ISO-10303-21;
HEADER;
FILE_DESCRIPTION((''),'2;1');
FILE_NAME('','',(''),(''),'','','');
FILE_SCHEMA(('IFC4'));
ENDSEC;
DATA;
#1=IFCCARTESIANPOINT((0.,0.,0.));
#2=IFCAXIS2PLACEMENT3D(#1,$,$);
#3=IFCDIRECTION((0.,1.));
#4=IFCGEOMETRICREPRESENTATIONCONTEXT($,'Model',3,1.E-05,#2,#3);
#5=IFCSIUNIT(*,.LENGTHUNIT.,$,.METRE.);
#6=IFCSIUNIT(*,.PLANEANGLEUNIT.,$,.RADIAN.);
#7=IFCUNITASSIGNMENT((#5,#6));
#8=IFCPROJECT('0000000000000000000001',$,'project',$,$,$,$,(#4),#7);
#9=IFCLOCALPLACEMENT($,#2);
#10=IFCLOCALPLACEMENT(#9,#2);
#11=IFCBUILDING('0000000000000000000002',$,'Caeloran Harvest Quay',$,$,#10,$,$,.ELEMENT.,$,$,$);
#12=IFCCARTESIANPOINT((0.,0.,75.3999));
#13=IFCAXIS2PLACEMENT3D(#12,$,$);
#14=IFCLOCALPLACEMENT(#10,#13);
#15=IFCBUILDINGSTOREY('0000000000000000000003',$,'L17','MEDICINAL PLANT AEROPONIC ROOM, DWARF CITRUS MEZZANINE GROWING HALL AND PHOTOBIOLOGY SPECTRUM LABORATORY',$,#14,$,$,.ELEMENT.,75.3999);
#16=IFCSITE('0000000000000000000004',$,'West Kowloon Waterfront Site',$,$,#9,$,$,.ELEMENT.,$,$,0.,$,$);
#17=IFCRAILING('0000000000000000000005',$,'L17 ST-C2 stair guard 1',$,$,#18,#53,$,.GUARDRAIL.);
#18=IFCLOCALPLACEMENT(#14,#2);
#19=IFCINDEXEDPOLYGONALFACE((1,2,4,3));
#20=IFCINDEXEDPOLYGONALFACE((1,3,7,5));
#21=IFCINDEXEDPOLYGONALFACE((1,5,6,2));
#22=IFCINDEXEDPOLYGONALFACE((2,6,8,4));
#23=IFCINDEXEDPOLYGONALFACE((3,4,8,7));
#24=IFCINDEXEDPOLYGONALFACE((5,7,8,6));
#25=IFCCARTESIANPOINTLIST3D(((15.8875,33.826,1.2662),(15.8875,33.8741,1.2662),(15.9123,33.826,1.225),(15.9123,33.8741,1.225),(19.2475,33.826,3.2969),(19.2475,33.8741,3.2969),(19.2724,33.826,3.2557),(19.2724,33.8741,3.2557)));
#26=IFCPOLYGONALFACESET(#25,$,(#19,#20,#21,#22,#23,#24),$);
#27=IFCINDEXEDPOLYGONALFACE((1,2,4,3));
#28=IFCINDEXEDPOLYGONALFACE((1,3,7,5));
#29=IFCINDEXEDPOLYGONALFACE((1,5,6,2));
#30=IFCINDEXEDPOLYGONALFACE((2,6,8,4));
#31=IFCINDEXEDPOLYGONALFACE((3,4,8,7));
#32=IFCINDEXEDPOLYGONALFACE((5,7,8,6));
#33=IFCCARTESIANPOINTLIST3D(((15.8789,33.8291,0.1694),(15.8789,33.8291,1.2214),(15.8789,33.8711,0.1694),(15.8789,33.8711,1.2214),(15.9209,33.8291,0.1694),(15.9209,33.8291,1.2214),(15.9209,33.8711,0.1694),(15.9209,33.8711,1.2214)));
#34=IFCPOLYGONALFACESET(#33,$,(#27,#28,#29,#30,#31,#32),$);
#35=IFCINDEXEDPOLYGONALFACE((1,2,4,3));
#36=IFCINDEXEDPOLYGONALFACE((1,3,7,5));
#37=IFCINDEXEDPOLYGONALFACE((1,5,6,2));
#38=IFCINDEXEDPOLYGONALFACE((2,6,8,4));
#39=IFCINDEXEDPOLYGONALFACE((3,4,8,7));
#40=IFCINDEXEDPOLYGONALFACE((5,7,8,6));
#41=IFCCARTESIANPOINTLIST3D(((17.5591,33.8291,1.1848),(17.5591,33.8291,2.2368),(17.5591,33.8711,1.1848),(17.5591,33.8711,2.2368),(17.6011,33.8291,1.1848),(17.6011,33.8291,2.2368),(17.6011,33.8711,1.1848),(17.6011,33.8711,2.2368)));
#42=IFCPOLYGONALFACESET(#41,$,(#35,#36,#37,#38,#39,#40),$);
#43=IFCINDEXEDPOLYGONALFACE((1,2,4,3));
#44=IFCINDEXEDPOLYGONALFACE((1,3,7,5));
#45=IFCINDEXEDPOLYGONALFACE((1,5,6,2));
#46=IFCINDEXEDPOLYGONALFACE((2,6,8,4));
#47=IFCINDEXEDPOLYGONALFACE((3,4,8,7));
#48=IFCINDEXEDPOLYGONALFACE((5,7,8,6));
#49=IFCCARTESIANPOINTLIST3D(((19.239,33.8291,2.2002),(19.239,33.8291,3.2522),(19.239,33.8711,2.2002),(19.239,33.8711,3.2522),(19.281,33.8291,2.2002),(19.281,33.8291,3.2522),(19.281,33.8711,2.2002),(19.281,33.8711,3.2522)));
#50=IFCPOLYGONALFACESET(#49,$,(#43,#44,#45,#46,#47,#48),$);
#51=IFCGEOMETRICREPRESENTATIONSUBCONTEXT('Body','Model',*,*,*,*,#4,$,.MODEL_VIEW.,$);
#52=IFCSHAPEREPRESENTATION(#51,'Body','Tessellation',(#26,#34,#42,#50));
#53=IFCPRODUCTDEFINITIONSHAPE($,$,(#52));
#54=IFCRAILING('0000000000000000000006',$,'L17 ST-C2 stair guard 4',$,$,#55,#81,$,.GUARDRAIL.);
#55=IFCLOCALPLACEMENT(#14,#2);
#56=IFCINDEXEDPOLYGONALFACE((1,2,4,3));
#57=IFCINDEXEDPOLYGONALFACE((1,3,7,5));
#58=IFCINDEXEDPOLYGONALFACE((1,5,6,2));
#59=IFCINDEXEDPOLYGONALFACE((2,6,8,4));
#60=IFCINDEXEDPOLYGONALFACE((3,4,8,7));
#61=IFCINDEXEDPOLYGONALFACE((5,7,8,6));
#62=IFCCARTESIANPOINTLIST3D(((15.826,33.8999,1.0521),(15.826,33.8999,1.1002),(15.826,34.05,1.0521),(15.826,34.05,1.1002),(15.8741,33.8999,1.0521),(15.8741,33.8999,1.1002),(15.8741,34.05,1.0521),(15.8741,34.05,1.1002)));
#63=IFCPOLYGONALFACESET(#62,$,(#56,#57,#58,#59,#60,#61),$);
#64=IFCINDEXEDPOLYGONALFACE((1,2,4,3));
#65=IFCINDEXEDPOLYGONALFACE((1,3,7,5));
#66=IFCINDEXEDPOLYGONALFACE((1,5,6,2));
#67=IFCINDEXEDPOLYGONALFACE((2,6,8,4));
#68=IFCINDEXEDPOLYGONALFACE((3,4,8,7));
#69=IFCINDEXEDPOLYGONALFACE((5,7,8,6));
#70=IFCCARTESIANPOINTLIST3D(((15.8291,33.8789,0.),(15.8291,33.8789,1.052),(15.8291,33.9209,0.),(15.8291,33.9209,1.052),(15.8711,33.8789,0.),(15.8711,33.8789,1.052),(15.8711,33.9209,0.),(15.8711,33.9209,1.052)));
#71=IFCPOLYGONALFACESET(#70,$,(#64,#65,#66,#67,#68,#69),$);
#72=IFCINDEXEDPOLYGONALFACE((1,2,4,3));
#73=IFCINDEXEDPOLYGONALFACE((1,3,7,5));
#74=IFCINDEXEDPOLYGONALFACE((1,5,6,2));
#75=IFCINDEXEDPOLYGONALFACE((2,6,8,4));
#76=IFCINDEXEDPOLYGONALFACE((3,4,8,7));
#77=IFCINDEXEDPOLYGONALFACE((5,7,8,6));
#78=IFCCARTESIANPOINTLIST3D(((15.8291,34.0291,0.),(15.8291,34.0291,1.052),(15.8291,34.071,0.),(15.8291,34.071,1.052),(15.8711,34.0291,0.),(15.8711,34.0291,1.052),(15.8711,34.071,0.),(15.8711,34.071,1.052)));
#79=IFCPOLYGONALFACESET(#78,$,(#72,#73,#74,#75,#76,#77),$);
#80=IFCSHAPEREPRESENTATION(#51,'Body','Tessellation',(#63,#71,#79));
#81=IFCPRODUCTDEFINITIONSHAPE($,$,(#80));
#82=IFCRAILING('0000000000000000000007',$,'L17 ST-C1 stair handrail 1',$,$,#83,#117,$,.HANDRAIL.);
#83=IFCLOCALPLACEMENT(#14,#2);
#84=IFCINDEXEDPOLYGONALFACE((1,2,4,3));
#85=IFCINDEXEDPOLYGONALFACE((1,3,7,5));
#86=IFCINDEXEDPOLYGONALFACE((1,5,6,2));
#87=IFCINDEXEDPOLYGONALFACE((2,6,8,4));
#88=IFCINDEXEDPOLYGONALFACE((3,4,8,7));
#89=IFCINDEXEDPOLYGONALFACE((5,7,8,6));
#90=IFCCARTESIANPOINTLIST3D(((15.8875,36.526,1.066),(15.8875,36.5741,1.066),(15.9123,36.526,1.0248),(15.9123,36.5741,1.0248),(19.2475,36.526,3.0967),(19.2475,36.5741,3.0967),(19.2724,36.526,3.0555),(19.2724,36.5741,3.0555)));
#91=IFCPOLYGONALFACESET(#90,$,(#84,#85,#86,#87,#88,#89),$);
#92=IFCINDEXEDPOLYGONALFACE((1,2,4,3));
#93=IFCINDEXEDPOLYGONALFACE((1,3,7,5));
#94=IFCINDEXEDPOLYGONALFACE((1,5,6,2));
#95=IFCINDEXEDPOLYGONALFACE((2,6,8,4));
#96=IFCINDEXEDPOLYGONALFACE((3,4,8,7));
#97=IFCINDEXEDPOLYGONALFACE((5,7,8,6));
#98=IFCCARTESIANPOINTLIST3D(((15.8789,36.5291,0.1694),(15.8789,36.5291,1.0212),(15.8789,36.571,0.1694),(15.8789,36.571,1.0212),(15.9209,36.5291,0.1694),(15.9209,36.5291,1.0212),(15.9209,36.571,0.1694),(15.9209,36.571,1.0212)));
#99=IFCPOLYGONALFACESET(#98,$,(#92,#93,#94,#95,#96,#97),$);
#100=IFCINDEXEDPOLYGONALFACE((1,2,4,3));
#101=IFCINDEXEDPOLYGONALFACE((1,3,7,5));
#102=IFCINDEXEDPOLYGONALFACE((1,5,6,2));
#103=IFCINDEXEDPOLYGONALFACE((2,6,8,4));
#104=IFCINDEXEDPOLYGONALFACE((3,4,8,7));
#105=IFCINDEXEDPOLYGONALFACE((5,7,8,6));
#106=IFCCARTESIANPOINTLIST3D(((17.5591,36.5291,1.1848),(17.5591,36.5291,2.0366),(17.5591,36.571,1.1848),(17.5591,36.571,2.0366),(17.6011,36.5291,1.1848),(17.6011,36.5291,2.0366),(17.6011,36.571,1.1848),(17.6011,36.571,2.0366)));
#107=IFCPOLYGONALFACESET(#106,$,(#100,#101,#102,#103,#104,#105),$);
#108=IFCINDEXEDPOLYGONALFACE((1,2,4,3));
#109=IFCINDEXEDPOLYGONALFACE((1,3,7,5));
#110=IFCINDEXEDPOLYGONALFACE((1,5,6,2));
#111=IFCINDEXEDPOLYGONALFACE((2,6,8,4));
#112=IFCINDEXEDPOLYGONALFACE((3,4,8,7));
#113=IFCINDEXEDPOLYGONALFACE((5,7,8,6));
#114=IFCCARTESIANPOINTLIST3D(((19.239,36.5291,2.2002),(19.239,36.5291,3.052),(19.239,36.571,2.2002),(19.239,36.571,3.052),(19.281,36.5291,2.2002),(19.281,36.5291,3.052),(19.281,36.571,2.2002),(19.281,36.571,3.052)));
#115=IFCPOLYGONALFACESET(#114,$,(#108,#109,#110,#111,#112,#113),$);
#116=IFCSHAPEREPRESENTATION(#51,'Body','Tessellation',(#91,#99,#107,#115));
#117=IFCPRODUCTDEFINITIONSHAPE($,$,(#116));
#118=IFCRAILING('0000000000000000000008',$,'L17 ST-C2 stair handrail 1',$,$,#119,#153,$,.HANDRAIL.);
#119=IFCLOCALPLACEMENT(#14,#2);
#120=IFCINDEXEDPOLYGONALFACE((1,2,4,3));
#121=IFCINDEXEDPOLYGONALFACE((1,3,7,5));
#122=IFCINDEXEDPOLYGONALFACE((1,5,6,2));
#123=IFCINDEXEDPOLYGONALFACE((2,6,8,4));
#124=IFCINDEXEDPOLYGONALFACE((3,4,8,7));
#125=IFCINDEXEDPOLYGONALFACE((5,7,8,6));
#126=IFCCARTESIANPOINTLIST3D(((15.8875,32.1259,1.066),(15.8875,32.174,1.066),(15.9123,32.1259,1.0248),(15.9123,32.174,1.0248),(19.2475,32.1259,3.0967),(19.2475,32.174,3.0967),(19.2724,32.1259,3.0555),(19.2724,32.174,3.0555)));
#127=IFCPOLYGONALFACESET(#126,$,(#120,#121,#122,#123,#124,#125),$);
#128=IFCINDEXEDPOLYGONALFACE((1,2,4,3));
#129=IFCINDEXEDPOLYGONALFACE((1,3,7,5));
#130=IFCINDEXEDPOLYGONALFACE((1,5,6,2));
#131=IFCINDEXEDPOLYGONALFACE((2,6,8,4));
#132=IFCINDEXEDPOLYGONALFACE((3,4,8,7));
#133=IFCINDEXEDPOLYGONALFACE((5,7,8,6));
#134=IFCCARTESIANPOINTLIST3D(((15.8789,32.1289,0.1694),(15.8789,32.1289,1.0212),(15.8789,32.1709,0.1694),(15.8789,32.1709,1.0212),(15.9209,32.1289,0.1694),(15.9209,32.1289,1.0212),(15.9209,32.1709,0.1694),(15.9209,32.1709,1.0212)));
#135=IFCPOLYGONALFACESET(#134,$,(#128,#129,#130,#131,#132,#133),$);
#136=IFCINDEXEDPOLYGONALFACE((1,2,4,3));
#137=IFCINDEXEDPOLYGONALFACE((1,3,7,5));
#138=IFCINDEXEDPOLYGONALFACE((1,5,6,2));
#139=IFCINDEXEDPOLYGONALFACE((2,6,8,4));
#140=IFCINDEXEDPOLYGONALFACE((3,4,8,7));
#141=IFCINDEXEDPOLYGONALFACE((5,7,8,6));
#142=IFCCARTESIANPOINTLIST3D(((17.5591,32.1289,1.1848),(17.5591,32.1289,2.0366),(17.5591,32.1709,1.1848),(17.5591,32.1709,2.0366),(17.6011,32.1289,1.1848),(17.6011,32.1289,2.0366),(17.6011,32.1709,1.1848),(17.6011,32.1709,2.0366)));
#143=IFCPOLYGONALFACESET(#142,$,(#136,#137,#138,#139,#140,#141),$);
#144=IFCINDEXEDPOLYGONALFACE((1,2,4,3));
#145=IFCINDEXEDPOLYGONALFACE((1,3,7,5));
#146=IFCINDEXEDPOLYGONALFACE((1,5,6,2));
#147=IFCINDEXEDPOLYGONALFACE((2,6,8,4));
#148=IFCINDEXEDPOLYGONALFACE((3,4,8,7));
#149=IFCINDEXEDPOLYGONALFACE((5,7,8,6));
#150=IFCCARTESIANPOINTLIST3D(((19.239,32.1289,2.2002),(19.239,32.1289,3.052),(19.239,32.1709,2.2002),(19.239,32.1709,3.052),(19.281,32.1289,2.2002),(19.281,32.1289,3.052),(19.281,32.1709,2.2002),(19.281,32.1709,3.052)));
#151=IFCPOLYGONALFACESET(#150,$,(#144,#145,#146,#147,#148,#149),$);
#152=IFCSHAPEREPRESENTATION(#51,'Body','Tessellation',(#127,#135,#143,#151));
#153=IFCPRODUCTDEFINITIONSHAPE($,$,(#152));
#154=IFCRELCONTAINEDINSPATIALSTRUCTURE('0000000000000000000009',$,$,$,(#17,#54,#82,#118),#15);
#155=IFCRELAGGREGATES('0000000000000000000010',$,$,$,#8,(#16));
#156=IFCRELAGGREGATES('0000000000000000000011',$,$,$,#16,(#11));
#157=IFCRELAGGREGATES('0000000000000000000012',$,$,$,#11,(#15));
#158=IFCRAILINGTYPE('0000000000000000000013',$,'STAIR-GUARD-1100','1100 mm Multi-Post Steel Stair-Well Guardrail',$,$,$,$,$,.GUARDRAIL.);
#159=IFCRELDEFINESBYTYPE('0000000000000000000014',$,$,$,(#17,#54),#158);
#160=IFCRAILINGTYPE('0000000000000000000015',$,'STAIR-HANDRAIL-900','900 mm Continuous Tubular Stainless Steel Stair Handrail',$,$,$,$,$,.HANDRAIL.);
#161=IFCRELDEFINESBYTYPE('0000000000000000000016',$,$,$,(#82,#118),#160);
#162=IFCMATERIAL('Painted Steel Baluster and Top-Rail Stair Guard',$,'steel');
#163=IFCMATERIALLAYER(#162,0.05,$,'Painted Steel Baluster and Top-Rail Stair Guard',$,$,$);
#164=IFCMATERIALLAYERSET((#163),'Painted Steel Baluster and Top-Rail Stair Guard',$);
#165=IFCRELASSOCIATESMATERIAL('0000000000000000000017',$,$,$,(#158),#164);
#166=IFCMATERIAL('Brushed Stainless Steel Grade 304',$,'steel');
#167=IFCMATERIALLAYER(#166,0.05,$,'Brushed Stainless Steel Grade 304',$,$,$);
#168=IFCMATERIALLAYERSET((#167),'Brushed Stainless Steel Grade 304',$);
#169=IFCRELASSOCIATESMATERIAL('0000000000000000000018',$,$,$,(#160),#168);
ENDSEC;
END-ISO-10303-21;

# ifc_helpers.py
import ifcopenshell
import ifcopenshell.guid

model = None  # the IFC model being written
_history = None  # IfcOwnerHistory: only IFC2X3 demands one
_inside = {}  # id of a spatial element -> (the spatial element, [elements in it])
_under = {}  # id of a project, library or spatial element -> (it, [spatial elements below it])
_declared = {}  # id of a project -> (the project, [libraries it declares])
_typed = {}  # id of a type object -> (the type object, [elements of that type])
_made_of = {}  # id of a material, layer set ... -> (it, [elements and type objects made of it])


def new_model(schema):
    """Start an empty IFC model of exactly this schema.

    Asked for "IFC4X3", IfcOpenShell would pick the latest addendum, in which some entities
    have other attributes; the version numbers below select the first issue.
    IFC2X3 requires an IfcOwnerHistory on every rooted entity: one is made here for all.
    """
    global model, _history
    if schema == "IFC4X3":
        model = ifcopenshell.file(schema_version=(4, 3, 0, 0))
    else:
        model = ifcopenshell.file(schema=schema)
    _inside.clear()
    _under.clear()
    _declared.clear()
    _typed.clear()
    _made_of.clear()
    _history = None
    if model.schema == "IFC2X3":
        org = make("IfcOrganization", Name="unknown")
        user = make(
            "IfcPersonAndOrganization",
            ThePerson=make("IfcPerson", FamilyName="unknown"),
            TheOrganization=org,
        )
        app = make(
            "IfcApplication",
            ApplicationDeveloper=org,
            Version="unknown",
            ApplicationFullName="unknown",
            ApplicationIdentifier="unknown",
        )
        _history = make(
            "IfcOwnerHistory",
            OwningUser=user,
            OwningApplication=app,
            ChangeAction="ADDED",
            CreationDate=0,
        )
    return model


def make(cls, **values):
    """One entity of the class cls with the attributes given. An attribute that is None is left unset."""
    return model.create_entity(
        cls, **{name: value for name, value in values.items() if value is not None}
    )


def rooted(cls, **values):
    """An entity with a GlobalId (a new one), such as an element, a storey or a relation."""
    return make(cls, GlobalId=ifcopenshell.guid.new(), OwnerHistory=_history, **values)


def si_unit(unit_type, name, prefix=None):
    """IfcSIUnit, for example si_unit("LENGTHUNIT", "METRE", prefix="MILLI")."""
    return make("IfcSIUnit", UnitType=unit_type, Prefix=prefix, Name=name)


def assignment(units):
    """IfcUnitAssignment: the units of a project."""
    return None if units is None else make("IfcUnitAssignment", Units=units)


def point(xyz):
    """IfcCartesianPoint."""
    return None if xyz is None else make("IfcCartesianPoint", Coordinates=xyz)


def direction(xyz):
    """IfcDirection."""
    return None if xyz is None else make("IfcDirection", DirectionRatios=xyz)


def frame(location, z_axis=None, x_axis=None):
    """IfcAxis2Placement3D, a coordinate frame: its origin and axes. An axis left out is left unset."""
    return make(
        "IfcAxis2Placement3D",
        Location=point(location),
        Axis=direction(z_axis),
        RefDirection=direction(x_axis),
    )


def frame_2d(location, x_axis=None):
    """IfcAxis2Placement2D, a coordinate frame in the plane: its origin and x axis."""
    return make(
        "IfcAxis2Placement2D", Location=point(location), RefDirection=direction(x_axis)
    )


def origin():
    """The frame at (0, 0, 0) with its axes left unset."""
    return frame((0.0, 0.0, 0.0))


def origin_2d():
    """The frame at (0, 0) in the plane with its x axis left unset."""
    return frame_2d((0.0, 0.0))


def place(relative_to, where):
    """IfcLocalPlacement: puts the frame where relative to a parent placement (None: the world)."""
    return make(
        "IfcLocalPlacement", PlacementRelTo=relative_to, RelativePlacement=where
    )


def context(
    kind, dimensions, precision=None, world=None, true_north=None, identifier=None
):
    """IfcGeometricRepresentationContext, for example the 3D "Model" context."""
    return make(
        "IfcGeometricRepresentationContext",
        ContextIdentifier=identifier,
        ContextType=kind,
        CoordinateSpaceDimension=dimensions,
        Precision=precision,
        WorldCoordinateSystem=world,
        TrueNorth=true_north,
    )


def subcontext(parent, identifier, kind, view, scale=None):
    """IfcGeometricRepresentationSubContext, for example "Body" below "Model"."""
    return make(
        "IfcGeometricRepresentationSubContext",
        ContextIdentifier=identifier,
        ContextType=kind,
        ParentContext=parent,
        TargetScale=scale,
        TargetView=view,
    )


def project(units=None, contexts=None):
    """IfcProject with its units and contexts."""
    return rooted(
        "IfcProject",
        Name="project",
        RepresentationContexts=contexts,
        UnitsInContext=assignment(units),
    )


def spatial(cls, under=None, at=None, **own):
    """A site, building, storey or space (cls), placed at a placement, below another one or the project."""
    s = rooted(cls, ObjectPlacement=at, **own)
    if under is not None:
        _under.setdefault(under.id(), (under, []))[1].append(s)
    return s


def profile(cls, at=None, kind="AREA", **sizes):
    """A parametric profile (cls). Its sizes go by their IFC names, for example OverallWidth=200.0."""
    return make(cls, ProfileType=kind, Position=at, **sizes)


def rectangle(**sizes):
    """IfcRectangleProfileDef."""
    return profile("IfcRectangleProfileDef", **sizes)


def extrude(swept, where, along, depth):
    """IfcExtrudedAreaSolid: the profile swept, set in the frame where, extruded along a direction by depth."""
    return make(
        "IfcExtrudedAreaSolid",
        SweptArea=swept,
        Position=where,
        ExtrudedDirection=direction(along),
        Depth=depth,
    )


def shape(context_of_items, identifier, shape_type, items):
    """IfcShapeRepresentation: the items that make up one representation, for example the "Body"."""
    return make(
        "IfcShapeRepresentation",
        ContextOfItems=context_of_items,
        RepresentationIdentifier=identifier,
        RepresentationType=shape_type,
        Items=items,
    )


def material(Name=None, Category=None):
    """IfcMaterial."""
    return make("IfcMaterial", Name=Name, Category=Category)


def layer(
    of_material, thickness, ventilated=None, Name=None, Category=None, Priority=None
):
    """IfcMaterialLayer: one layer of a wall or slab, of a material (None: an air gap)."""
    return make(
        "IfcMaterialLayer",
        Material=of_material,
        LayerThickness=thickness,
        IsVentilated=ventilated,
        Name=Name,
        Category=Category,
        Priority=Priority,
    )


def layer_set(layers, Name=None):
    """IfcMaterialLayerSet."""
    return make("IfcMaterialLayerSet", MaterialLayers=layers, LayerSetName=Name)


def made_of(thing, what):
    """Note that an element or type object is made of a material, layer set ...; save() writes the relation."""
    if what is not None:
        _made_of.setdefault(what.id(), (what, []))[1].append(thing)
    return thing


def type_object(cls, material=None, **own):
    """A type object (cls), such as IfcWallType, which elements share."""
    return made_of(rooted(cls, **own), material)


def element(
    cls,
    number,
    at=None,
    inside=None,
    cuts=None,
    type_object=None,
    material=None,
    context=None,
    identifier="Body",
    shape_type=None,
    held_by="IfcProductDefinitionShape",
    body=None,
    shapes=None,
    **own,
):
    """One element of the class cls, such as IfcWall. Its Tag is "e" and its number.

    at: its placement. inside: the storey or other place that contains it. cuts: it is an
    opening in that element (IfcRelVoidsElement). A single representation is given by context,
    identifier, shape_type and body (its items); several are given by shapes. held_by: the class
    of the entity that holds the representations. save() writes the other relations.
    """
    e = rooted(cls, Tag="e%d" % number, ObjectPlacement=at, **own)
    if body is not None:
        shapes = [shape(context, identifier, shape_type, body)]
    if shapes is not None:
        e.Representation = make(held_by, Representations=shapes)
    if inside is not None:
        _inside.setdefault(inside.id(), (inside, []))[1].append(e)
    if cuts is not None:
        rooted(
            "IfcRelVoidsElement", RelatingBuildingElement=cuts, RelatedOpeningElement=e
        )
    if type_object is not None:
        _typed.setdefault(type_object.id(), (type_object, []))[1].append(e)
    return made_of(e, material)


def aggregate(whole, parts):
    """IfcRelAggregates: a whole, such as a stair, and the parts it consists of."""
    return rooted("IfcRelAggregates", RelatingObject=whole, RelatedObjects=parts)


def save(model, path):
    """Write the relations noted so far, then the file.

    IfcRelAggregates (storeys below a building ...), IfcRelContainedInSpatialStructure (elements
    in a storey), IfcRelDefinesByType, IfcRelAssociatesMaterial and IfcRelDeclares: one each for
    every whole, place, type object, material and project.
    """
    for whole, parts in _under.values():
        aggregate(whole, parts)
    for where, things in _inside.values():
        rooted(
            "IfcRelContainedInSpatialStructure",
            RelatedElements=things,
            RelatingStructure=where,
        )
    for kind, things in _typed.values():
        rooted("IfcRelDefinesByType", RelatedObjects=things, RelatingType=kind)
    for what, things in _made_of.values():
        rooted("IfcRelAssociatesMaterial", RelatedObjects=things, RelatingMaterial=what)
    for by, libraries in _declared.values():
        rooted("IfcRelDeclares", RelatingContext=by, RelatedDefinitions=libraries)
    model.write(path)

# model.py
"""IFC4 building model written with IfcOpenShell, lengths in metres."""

from ifc_helpers import new_model, si_unit, direction, frame, origin, origin_2d, place, context, subcontext, project, spatial, rectangle, extrude, material, layer, layer_set, type_object, element, save


model = new_model("IFC4")

# Units and contexts
model_context = context("Model", 3, precision=1e-05, world=origin(), true_north=direction((0.0, 1.0)))
body_context = subcontext(model_context, "Body", "Model", "MODEL_VIEW")
ifc_project = project(units=[si_unit("LENGTHUNIT", "METRE"), si_unit("PLANEANGLEUNIT", "RADIAN")], contexts=[model_context])

# Site, building, storey
site_placement = place(None, origin())
site = spatial("IfcSite", under=ifc_project, at=site_placement, Name="West Kowloon Waterfront Site", CompositionType="ELEMENT", RefElevation=0.0)
building_placement = place(site_placement, origin())
building = spatial("IfcBuilding", under=site, at=building_placement, Name="Caeloran Harvest Quay", CompositionType="ELEMENT")
storey_placement = place(building_placement, frame((0.0, 0.0, 75.3999)))
storey = spatial("IfcBuildingStorey", under=building, at=storey_placement, Name="L17", Description="MEDICINAL PLANT AEROPONIC ROOM, DWARF CITRUS MEZZANINE GROWING HALL AND PHOTOBIOLOGY SPECTRUM LABORATORY", CompositionType="ELEMENT", Elevation=75.3999)

# Railings
ifc_material_1 = material(Name="Painted Steel Baluster and Top-Rail Stair Guard", Category="steel")
ifc_layer_1 = layer(ifc_material_1, 0.05, Name="Painted Steel Baluster and Top-Rail Stair Guard")
ifc_layer_set_1 = layer_set([ifc_layer_1], Name="Painted Steel Baluster and Top-Rail Stair Guard")
railing_type_1 = type_object("IfcRailingType", Name="STAIR-GUARD-1100", Description="1100 mm Multi-Post Steel Stair-Well Guardrail", PredefinedType="GUARDRAIL", material=ifc_layer_set_1)
railing_1_placement = place(storey_placement, frame((15.8999, 33.8501, 0.1694)))
element("IfcRailing", 1, at=railing_1_placement, inside=storey, type_object=railing_type_1, Name="L17 ST-C2 stair guard 1", PredefinedType="GUARDRAIL", context=body_context, shape_type="SweptSolid", body=[
    extrude(rectangle(XDim=0.0481, YDim=0.0481, at=origin_2d()), frame((0.0, 0.0, 1.0762), z_axis=(0.855837, 0.0, 0.517246), x_axis=(0.0, 1.0, 0.0)), (0.0, 0.0, 1.0), 3.926),
    extrude(rectangle(XDim=0.042, YDim=0.042, at=origin_2d()), origin(), (0.0, 0.0, 1.0), 1.052),
    extrude(rectangle(XDim=0.042, YDim=0.042, at=origin_2d()), frame((1.6802, 0.0, 1.0154)), (0.0, 0.0, 1.0), 1.052),
    extrude(rectangle(XDim=0.042, YDim=0.042, at=origin_2d()), frame((3.3601, 0.0, 2.0308)), (0.0, 0.0, 1.0), 1.052),
])
railing_2_placement = place(storey_placement, frame((15.8501, 33.8999, 0.0)))
element("IfcRailing", 2, at=railing_2_placement, inside=storey, type_object=railing_type_1, Name="L17 ST-C2 stair guard 4", PredefinedType="GUARDRAIL", context=body_context, shape_type="SweptSolid", body=[
    extrude(rectangle(XDim=0.0481, YDim=0.0481, at=origin_2d()), frame((0.0, 0.0, 1.0762), z_axis=(0.0, 1.0, 0.0), x_axis=(-1.0, 0.0, 0.0)), (0.0, 0.0, 1.0), 0.1501),
    extrude(rectangle(XDim=0.042, YDim=0.042, at=origin_2d()), origin(), (0.0, 0.0, 1.0), 1.052),
    extrude(rectangle(XDim=0.042, YDim=0.042, at=origin_2d()), frame((0.0, 0.1501, 0.0)), (0.0, 0.0, 1.0), 1.052),
])
ifc_material_2 = material(Name="Brushed Stainless Steel Grade 304", Category="steel")
ifc_layer_2 = layer(ifc_material_2, 0.05, Name="Brushed Stainless Steel Grade 304")
ifc_layer_set_2 = layer_set([ifc_layer_2], Name="Brushed Stainless Steel Grade 304")
railing_type_2 = type_object("IfcRailingType", Name="STAIR-HANDRAIL-900", Description="900 mm Continuous Tubular Stainless Steel Stair Handrail", PredefinedType="HANDRAIL", material=ifc_layer_set_2)
for number, where, name in (
    (3, (15.8999, 36.55, 0.1694), "L17 ST-C1 stair handrail 1"),
    (4, (15.8999, 32.1499, 0.1694), "L17 ST-C2 stair handrail 1"),
):
    element("IfcRailing", number, at=place(storey_placement, frame(where)), inside=storey, type_object=railing_type_2, Name=name, PredefinedType="HANDRAIL", context=body_context, shape_type="SweptSolid", body=[
        extrude(rectangle(XDim=0.0481, YDim=0.0481, at=origin_2d()), frame((0.0, 0.0, 0.876), z_axis=(0.855837, 0.0, 0.517246), x_axis=(0.0, 1.0, 0.0)), (0.0, 0.0, 1.0), 3.926),
        extrude(rectangle(XDim=0.042, YDim=0.042, at=origin_2d()), origin(), (0.0, 0.0, 1.0), 0.8518),
        extrude(rectangle(XDim=0.042, YDim=0.042, at=origin_2d()), frame((1.6802, 0.0, 1.0154)), (0.0, 0.0, 1.0), 0.8518),
        extrude(rectangle(XDim=0.042, YDim=0.042, at=origin_2d()), frame((3.3601, 0.0, 2.0308)), (0.0, 0.0, 1.0), 0.8518),
    ])

save(model, "model.ifc")
